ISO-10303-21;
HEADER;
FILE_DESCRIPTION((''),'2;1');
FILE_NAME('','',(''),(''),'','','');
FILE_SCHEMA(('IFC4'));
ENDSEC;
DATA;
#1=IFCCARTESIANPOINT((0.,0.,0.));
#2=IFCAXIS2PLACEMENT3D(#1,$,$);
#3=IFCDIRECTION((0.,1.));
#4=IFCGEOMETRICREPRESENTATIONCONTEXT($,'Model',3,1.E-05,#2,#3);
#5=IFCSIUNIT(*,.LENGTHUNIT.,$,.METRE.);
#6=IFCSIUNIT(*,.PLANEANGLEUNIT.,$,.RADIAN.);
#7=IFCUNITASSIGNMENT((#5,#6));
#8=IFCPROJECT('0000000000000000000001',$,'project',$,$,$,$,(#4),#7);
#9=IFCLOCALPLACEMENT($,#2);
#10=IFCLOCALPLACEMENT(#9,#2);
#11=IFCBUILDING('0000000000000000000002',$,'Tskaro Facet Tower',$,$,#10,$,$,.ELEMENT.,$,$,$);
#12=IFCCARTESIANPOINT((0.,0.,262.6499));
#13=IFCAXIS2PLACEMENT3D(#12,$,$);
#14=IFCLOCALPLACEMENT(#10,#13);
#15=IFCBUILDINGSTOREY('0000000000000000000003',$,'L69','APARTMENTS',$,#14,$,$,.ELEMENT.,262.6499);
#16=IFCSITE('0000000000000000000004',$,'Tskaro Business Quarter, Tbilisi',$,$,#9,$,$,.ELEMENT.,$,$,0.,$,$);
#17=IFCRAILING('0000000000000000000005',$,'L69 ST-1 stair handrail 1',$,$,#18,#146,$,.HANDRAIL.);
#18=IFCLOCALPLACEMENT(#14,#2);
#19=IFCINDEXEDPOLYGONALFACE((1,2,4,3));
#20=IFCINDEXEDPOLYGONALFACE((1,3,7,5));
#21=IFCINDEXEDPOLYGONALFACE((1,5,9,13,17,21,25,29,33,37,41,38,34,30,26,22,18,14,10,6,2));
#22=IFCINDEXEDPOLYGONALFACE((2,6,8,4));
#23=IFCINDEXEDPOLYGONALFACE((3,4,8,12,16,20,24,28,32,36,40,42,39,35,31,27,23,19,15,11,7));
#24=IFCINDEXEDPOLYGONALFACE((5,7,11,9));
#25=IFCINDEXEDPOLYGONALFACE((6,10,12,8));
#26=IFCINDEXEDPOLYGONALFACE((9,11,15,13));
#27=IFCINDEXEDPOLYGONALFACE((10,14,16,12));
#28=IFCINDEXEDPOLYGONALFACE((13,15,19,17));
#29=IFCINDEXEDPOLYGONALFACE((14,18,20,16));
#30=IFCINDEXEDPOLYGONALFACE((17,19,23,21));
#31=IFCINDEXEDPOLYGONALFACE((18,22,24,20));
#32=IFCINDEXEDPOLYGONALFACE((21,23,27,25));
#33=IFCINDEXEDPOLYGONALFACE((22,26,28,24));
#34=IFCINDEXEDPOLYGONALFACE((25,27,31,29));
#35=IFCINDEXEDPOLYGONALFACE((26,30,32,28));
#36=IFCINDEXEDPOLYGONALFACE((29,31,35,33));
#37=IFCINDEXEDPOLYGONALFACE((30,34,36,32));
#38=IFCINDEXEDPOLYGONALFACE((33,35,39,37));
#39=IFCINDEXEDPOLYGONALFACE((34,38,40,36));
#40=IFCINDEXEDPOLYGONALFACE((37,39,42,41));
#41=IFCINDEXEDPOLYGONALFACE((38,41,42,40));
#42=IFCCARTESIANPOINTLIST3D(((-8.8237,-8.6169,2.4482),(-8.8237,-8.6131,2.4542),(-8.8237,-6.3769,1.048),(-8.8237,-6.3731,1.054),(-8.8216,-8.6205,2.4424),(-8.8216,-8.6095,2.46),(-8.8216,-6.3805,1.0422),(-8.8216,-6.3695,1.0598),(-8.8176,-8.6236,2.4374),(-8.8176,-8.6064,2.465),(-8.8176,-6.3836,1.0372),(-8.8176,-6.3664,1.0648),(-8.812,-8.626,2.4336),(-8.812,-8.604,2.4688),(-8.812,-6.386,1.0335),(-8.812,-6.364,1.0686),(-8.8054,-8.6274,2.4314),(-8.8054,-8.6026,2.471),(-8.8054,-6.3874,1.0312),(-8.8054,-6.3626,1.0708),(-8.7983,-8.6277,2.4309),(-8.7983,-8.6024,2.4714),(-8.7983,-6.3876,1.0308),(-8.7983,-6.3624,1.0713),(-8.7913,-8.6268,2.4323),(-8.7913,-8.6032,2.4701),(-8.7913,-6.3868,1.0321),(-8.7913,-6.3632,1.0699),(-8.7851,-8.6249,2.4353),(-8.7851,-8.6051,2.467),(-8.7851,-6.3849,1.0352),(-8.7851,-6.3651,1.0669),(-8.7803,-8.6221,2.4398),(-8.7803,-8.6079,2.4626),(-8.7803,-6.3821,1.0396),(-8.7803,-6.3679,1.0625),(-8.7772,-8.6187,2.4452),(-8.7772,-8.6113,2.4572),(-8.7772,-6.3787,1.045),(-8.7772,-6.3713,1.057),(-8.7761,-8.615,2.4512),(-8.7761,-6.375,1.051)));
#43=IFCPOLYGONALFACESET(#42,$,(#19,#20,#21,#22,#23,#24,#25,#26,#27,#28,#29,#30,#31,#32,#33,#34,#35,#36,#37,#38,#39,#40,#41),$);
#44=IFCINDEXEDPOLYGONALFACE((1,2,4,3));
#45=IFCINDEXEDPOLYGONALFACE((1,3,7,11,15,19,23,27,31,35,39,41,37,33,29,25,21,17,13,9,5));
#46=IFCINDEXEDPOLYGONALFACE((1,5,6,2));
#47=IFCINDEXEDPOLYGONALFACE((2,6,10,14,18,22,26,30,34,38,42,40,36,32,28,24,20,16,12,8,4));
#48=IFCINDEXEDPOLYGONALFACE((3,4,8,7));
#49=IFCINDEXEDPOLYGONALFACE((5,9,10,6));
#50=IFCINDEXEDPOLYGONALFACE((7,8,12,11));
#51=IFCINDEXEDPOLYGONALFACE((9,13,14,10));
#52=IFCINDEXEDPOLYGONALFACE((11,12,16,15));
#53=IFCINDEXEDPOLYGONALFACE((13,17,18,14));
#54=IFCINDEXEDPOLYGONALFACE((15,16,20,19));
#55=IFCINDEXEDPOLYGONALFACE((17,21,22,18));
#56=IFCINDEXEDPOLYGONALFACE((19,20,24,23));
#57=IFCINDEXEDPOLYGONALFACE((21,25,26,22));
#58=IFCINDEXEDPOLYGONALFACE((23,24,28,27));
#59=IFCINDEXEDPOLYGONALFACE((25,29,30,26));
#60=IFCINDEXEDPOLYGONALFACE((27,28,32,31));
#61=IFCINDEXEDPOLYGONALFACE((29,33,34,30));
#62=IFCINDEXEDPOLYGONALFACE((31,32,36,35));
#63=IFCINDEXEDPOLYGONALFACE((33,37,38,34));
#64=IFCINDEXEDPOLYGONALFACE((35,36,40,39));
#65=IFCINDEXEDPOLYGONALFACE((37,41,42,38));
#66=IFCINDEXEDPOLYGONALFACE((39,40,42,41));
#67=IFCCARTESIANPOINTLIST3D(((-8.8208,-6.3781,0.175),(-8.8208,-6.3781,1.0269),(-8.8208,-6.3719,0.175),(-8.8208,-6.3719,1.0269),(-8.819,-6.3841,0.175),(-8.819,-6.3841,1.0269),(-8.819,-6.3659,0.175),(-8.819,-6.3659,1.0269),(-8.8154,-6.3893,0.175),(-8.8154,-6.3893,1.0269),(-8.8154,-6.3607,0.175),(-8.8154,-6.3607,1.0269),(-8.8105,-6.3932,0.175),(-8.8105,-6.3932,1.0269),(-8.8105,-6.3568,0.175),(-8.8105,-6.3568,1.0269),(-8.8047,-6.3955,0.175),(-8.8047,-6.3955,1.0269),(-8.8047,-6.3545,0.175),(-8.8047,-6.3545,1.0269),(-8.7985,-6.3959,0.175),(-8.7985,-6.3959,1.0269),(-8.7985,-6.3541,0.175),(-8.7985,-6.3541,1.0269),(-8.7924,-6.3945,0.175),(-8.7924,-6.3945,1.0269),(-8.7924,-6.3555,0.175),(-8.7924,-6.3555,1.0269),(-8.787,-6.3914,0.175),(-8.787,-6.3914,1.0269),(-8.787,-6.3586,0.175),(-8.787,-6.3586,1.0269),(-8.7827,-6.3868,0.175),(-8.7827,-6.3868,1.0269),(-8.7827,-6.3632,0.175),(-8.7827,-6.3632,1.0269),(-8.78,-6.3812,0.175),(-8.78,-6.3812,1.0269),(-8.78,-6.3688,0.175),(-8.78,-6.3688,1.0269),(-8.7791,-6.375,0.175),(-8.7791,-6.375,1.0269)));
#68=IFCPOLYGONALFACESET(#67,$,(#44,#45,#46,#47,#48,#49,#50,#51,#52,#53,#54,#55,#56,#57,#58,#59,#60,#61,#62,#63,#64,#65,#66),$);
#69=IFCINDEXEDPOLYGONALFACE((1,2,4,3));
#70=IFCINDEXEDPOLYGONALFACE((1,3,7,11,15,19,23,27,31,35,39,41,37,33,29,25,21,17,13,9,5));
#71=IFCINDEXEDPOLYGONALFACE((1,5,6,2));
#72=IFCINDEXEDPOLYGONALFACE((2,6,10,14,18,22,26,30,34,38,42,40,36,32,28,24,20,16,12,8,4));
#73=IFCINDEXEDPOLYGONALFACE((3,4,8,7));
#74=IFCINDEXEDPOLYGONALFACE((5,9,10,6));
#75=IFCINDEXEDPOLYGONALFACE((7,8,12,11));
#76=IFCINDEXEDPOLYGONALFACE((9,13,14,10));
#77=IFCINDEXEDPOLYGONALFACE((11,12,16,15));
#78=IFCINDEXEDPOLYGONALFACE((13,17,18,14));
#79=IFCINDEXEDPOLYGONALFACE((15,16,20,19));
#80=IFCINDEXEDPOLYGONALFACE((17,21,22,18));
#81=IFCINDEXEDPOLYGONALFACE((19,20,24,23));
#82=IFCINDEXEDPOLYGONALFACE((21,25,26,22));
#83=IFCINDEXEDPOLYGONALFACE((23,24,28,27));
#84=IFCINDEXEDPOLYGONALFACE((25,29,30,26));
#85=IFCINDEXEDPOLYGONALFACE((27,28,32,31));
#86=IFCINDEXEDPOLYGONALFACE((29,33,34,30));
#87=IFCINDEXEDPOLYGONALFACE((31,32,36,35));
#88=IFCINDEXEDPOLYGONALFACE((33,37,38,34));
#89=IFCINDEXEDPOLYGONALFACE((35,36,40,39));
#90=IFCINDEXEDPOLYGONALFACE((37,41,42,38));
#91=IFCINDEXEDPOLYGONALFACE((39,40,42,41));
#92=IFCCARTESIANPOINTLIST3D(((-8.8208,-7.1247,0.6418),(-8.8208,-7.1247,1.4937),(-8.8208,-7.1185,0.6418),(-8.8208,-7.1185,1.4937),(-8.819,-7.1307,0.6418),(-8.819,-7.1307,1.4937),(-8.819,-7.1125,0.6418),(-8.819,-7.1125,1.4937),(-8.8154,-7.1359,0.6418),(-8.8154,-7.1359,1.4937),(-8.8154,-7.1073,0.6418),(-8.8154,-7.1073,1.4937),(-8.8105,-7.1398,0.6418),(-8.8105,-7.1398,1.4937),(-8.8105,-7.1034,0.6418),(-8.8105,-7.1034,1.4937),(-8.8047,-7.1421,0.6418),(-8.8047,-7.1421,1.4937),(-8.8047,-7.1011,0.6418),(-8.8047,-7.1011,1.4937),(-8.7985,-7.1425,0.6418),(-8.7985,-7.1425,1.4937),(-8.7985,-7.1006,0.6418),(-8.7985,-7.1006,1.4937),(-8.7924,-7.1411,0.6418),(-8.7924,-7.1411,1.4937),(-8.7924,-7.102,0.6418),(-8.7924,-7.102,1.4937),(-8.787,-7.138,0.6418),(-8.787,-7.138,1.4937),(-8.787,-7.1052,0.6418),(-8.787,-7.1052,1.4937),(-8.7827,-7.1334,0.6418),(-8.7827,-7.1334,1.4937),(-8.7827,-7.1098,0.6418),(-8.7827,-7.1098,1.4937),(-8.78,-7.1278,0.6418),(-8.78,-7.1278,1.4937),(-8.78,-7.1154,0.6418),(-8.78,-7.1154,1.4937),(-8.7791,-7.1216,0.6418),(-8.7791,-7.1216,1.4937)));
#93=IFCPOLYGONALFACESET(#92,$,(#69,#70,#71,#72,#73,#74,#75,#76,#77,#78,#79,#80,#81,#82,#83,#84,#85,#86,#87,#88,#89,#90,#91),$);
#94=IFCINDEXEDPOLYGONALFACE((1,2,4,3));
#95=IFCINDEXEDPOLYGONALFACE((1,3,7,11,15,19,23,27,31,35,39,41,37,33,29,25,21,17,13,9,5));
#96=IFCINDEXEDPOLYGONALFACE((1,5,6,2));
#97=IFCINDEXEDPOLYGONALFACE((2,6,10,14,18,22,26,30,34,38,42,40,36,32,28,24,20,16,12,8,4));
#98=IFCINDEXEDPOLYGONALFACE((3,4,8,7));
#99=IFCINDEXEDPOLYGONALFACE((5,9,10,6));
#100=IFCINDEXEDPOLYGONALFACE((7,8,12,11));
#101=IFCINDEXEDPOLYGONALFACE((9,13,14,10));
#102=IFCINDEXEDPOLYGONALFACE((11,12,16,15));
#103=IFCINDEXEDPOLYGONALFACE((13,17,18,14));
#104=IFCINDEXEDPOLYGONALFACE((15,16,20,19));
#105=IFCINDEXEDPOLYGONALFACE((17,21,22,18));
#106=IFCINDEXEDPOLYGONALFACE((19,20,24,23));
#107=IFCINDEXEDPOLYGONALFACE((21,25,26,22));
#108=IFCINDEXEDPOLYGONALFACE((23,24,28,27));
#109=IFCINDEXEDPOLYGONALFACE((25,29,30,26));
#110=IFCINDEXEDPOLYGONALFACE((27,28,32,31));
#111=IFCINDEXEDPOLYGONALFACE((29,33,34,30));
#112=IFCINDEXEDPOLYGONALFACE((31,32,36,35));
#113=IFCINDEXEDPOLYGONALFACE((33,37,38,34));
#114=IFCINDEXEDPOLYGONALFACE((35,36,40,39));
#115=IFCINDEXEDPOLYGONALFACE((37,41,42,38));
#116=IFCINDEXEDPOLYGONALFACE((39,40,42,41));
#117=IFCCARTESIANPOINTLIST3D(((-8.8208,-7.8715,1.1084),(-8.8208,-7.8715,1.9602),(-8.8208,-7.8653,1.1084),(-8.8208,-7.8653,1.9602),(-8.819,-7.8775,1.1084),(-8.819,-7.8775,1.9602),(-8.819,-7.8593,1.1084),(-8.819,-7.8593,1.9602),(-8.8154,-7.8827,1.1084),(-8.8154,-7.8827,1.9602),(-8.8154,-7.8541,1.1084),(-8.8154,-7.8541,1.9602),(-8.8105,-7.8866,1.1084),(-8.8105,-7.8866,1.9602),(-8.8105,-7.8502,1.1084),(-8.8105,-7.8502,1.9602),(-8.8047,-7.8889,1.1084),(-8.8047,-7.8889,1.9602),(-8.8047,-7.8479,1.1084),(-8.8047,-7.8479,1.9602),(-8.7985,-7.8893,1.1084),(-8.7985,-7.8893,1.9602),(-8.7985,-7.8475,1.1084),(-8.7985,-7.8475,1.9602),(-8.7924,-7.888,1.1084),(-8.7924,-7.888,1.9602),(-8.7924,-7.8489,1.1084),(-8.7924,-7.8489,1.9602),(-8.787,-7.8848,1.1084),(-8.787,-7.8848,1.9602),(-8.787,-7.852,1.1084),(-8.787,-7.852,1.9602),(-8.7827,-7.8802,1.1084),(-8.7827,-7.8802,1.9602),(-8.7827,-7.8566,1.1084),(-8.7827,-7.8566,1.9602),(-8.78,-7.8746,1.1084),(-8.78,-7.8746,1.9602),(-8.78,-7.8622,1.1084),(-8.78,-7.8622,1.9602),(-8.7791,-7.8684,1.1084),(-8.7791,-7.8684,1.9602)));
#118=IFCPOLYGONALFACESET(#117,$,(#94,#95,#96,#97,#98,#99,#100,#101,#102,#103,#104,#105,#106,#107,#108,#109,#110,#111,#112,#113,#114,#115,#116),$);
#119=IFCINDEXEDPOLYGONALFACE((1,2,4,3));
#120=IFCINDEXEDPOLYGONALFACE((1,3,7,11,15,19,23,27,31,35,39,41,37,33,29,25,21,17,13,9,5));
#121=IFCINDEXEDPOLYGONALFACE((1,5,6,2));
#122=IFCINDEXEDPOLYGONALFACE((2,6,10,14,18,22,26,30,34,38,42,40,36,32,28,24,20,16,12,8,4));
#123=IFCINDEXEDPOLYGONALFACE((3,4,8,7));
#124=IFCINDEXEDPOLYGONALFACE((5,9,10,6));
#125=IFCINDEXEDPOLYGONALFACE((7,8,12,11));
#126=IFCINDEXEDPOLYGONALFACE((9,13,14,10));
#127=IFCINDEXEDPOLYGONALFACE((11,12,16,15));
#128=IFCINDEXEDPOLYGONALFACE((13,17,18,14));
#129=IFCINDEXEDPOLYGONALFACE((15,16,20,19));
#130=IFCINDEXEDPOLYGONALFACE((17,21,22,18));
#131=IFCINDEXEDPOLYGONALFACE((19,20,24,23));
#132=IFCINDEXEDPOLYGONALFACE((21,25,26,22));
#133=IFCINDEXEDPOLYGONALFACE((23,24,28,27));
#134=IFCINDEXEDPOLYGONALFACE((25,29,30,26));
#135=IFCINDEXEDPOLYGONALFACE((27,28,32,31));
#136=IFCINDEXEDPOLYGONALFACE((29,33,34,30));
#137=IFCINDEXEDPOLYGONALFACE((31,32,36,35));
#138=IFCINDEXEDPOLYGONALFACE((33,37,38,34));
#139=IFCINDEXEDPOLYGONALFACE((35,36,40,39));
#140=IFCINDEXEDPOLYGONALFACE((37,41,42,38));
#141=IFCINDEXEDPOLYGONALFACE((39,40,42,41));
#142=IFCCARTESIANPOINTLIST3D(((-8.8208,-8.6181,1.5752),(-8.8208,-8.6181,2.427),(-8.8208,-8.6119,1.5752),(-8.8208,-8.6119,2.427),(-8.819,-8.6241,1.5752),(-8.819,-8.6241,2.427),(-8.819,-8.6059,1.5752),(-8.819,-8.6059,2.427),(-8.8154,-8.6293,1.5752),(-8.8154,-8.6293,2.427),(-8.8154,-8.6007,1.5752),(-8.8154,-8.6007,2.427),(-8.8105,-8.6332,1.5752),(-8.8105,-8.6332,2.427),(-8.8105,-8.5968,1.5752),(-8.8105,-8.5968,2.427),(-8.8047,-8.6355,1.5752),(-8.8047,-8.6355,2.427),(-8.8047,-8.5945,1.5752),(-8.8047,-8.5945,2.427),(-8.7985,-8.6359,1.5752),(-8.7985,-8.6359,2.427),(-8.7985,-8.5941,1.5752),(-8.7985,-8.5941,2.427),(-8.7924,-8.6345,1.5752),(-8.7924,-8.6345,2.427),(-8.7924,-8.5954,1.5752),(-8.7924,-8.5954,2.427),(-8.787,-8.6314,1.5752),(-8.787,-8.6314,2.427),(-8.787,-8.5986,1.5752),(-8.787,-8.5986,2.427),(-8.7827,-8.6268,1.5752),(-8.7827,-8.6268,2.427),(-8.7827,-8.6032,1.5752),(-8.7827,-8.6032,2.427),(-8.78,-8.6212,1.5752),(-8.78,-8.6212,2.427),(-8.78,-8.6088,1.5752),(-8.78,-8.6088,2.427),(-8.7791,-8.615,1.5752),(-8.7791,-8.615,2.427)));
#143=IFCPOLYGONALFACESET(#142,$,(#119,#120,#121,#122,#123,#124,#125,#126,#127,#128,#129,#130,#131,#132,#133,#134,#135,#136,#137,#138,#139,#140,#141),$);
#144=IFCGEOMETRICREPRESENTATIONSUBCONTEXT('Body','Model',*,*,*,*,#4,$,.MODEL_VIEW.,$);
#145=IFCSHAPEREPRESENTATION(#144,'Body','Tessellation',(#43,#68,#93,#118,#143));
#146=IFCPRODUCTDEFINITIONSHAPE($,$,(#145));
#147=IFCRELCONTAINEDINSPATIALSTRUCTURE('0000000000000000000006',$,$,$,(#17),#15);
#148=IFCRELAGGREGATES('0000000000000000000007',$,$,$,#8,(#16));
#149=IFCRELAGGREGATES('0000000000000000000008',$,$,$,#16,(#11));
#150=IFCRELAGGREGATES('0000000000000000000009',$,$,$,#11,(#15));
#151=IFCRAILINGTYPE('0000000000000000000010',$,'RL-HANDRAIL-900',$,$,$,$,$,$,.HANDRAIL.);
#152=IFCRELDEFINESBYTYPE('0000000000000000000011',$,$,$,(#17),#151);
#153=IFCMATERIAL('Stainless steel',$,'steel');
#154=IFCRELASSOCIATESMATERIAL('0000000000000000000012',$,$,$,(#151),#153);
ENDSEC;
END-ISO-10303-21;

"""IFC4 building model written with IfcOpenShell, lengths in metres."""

from ifc_helpers import new_model, si_unit, direction, frame, origin, origin_2d, place, context, subcontext, project, spatial, circle, extrude, material, type_object, element, save


model = new_model("IFC4")

# Units and contexts
model_context = context("Model", 3, precision=1e-05, world=origin(), true_north=direction((0.0, 1.0)))
body_context = subcontext(model_context, "Body", "Model", "MODEL_VIEW")
ifc_project = project(units=[si_unit("LENGTHUNIT", "METRE"), si_unit("PLANEANGLEUNIT", "RADIAN")], contexts=[model_context])

# Site, building, storey
site_placement = place(None, origin())
site = spatial("IfcSite", under=ifc_project, at=site_placement, Name="Tskaro Business Quarter, Tbilisi", CompositionType="ELEMENT", RefElevation=0.0)
building_placement = place(site_placement, origin())
building = spatial("IfcBuilding", under=site, at=building_placement, Name="Tskaro Facet Tower", CompositionType="ELEMENT")
storey_placement = place(building_placement, frame((0.0, 0.0, 262.6499)))
storey = spatial("IfcBuildingStorey", under=building, at=storey_placement, Name="L69", Description="APARTMENTS", CompositionType="ELEMENT", Elevation=262.6499)

# Railing
ifc_material_1 = material(Name="Stainless steel", Category="steel")
railing_type = type_object("IfcRailingType", Name="RL-HANDRAIL-900", PredefinedType="HANDRAIL", material=ifc_material_1)
railing_placement = place(storey_placement, frame((-8.8, -6.375, 0.175)))
element("IfcRailing", 1, at=railing_placement, inside=storey, type_object=railing_type, Name="L69 ST-1 stair handrail 1", PredefinedType="HANDRAIL", context=body_context, shape_type="SweptSolid", body=[
    extrude(circle(Radius=0.0239, at=origin_2d()), frame((0.0, 0.0, 0.876), z_axis=(0.0, -0.847972, 0.53004), x_axis=(1.0, 0.0, 0.0)), (0.0, 0.0, 1.0), 2.6416),
    extrude(circle(Radius=0.021, at=origin_2d()), origin(), (0.0, 0.0, 1.0), 0.8518),
    extrude(circle(Radius=0.021, at=origin_2d()), frame((0.0, -0.7466, 0.4668)), (0.0, 0.0, 1.0), 0.8518),
    extrude(circle(Radius=0.021, at=origin_2d()), frame((0.0, -1.4934, 0.9333)), (0.0, 0.0, 1.0), 0.8518),
    extrude(circle(Radius=0.021, at=origin_2d()), frame((0.0, -2.24, 1.4001)), (0.0, 0.0, 1.0), 0.8518),
])

save(model, "model.ifc")
